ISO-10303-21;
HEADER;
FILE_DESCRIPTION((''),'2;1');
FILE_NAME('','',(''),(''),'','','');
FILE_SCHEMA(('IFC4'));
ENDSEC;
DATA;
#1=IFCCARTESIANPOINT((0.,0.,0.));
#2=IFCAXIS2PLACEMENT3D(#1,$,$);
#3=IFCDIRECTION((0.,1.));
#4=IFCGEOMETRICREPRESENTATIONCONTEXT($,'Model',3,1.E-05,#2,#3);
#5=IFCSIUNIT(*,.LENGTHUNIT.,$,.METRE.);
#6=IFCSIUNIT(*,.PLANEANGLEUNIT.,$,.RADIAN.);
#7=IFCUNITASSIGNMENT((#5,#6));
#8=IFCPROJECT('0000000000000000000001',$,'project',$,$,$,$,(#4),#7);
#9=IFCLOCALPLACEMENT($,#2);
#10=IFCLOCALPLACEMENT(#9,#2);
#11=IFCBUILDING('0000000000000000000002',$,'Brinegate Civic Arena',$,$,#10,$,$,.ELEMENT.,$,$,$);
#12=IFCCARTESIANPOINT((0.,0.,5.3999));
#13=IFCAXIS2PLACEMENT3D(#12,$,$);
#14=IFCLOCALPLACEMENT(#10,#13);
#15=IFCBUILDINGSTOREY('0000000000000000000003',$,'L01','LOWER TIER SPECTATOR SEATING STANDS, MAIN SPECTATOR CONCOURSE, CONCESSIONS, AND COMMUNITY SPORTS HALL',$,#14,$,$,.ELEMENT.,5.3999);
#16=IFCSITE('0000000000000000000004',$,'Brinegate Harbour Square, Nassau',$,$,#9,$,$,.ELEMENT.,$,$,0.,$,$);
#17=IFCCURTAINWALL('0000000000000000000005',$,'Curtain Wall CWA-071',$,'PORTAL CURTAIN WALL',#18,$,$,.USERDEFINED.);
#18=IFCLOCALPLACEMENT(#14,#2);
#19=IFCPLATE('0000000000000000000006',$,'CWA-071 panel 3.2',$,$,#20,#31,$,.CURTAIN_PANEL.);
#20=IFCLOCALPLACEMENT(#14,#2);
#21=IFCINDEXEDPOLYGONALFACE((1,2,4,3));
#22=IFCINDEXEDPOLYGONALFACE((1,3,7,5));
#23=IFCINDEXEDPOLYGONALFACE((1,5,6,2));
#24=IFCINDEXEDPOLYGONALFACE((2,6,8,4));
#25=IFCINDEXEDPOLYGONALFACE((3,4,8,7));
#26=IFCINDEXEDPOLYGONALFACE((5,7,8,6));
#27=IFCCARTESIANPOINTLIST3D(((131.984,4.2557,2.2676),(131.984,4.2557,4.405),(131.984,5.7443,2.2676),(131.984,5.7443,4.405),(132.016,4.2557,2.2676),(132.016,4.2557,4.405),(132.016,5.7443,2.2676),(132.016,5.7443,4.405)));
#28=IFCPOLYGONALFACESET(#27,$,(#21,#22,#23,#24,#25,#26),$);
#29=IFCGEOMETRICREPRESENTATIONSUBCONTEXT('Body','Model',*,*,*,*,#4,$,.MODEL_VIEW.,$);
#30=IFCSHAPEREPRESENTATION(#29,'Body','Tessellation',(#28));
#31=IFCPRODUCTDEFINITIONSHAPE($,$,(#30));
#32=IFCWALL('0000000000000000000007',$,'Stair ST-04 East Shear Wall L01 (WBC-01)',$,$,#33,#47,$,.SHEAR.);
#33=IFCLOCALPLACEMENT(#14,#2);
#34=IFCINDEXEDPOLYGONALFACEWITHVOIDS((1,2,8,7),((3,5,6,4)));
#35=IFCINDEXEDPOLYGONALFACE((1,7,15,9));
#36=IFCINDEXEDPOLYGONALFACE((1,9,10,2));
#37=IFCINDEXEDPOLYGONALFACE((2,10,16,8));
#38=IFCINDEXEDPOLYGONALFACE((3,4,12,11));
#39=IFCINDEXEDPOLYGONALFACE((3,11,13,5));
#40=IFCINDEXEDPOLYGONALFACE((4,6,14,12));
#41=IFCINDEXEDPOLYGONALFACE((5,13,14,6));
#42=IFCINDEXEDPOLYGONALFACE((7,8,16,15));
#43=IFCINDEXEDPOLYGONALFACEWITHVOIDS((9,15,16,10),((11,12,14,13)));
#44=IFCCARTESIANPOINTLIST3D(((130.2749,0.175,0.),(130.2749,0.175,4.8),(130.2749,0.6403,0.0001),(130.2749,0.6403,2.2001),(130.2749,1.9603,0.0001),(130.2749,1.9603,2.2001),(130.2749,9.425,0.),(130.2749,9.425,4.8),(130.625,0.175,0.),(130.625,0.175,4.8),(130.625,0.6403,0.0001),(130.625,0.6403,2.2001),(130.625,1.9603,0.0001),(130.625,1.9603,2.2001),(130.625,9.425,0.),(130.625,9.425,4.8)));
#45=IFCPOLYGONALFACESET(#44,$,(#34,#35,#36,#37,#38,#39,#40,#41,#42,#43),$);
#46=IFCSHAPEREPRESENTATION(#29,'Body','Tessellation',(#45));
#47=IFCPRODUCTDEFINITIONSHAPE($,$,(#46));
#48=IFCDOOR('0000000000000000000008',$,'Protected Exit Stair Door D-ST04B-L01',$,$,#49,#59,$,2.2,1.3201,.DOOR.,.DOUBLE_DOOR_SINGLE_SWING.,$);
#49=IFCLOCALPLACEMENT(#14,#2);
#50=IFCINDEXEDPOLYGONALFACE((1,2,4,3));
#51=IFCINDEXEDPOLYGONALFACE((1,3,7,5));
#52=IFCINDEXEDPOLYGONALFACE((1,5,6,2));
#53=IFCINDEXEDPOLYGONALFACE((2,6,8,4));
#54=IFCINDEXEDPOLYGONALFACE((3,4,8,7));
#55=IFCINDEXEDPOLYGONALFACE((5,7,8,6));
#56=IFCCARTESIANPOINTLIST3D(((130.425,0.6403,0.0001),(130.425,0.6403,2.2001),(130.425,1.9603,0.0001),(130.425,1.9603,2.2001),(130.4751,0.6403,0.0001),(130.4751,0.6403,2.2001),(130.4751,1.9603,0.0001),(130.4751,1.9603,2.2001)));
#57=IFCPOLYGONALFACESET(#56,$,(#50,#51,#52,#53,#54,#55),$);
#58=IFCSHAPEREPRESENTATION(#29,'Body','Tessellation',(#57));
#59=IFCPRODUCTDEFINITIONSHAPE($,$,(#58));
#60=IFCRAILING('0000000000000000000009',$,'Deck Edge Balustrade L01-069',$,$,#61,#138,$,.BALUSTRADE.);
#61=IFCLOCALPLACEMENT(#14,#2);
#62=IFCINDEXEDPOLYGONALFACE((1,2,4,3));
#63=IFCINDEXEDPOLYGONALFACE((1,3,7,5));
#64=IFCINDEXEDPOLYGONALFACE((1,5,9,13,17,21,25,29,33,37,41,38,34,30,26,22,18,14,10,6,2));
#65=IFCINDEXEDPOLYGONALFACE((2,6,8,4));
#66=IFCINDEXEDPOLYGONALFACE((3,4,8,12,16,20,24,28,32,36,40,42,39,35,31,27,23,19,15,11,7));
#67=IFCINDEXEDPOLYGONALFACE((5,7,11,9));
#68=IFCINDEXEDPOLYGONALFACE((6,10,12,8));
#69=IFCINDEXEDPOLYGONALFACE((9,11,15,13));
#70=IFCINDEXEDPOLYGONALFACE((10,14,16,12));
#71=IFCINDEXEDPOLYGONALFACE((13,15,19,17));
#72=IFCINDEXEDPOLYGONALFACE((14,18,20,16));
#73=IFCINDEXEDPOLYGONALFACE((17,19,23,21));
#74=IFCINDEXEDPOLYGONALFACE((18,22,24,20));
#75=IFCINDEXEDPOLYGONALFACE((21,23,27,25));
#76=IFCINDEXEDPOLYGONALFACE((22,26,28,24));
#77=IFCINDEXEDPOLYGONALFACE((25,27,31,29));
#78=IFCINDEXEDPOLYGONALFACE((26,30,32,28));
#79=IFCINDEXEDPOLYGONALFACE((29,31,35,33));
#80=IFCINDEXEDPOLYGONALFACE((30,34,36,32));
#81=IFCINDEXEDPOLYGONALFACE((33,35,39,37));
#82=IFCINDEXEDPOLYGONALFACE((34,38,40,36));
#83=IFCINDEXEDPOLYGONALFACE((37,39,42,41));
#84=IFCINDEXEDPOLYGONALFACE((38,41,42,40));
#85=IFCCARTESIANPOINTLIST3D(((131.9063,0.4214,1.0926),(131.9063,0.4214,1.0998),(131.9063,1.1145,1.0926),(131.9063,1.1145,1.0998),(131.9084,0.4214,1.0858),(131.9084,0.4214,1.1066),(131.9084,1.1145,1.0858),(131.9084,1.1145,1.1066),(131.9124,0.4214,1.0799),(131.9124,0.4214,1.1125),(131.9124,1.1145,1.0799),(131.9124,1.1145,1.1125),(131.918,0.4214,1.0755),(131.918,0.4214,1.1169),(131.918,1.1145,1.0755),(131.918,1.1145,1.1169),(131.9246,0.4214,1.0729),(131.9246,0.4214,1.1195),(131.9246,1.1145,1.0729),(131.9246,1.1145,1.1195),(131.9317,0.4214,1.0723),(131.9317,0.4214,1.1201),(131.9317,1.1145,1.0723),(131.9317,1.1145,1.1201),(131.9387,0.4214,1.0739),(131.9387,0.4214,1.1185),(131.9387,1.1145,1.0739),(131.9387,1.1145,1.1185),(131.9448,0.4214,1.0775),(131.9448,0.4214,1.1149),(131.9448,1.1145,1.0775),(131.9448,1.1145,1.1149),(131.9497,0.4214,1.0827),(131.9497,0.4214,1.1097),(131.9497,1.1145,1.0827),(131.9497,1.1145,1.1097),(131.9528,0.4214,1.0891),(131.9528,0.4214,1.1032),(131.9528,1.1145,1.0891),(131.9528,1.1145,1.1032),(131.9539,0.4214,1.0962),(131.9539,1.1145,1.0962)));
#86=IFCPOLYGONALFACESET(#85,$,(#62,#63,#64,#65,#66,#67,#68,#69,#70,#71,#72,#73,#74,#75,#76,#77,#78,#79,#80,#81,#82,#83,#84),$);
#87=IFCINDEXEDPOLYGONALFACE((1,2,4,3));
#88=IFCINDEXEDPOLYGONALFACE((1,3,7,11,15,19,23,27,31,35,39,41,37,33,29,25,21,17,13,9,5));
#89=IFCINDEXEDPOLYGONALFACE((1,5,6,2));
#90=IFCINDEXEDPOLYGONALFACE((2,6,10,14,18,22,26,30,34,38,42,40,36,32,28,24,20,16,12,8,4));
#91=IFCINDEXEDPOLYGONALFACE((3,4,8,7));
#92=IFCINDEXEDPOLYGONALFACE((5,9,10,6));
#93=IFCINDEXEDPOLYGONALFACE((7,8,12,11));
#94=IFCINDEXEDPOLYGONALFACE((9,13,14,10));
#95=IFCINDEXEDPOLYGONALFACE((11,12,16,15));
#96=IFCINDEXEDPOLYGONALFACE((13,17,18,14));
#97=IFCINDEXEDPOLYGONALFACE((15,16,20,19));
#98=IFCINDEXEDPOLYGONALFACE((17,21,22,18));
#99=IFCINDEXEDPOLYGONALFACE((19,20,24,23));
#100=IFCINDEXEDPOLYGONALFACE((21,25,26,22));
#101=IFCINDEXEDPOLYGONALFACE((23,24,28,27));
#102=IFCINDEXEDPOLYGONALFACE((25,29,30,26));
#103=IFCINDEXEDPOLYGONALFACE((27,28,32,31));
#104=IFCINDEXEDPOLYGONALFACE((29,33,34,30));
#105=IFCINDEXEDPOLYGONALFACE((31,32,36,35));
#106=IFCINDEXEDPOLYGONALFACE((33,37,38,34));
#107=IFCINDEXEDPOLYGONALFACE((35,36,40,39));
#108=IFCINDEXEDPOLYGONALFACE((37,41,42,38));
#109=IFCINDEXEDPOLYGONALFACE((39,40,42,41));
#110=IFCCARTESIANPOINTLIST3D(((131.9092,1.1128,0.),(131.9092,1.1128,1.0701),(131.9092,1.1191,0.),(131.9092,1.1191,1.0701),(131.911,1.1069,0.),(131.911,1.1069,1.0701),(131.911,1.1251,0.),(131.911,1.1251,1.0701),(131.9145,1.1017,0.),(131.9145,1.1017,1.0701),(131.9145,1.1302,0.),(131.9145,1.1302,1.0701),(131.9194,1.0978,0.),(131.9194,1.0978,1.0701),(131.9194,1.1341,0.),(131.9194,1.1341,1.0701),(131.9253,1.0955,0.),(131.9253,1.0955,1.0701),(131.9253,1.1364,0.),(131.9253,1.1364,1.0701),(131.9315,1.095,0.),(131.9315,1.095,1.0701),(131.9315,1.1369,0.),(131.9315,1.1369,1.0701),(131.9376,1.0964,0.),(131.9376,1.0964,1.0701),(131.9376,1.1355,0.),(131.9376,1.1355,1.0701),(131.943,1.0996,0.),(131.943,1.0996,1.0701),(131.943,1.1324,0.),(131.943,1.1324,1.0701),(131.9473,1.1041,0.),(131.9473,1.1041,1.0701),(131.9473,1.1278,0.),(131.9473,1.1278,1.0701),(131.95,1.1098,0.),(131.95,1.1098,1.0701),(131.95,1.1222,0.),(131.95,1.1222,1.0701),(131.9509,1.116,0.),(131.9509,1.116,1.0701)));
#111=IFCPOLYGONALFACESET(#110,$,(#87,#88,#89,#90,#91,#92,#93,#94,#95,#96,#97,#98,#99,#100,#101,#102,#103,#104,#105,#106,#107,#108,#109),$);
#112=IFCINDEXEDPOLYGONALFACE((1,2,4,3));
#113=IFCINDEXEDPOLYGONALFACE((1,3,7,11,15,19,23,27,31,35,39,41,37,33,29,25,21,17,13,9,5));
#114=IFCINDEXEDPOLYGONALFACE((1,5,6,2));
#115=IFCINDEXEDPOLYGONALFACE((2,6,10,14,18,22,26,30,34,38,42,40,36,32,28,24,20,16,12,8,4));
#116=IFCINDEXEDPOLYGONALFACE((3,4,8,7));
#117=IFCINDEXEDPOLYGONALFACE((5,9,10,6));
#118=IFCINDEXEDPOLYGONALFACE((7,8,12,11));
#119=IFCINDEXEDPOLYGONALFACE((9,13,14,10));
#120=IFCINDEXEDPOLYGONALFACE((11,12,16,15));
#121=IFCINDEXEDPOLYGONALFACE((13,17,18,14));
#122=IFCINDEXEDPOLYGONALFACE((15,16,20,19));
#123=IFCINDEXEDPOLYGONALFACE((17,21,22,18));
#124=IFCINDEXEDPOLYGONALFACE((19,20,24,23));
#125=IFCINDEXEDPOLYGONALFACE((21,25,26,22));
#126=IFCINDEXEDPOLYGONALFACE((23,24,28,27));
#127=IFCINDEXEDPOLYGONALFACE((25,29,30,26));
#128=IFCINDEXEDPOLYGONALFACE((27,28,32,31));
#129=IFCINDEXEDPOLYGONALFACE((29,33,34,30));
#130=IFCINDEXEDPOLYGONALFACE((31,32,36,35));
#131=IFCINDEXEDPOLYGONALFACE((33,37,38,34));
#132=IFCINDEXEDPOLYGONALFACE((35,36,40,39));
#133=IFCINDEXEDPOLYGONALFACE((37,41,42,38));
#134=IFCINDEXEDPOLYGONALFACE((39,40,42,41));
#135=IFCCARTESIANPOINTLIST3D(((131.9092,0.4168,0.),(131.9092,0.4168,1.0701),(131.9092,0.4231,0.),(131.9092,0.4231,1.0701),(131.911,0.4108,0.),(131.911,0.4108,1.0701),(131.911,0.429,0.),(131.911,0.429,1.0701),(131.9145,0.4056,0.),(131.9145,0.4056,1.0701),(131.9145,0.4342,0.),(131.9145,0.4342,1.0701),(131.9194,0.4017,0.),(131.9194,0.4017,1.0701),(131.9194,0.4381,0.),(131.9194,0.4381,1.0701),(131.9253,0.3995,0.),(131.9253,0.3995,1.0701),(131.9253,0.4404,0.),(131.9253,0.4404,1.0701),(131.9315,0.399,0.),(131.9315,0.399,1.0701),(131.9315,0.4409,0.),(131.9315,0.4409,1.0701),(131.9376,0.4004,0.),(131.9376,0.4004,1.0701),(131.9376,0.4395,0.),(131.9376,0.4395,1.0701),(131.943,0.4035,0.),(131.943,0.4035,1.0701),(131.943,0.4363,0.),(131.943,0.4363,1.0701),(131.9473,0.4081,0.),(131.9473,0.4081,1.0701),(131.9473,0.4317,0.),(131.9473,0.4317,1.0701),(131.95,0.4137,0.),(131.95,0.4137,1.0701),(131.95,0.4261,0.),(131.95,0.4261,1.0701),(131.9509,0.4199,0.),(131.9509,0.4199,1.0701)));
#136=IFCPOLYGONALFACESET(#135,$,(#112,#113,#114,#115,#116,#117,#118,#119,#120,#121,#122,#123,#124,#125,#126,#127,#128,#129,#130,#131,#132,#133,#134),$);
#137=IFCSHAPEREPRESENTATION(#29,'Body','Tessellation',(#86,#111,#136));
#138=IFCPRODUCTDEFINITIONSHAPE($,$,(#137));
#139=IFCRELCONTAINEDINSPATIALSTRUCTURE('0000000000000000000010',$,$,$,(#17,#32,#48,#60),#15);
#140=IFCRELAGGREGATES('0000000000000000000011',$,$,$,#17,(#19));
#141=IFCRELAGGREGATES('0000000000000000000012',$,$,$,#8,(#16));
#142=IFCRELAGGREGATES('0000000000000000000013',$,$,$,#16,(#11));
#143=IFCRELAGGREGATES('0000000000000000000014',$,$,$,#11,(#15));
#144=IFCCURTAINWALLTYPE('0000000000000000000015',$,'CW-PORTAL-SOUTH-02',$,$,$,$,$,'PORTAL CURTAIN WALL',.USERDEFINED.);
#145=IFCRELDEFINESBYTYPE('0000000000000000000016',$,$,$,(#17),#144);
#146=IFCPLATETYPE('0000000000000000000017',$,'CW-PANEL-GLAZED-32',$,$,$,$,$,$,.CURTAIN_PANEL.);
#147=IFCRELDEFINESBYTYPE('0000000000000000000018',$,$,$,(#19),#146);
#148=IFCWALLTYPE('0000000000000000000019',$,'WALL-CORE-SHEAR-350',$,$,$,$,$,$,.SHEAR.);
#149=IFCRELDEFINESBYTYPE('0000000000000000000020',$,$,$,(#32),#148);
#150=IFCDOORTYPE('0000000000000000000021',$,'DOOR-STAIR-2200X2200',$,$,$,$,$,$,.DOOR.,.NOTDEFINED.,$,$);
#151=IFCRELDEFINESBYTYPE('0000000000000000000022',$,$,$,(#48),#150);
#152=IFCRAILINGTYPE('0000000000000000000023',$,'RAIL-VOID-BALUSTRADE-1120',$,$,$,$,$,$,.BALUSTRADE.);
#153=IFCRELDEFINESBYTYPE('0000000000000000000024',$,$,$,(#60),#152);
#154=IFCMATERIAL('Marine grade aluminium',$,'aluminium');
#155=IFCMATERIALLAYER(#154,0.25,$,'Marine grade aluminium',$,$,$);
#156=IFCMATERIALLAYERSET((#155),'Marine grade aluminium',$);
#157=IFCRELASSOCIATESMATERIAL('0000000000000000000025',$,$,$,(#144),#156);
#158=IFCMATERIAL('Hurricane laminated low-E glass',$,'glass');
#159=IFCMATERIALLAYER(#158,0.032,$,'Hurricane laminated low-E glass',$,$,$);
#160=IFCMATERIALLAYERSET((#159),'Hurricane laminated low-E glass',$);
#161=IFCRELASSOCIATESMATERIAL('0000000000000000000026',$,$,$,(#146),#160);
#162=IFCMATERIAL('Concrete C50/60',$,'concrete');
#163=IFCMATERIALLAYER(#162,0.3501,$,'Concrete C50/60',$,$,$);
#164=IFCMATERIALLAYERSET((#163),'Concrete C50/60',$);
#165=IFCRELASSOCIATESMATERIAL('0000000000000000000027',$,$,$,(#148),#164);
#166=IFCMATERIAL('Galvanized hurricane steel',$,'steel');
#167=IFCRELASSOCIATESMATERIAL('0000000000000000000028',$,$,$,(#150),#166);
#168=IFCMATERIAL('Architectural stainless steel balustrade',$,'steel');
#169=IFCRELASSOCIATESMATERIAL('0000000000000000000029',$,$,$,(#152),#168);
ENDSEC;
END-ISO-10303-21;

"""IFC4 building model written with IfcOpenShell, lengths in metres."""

from ifc_helpers import new_model, si_unit, direction, frame, frame_2d, origin, origin_2d, place, context, subcontext, project, spatial, rectangle, circle, extrude, material, layer, layer_set, type_object, element, fill, aggregate, save


model = new_model("IFC4")

# Units and contexts
model_context = context("Model", 3, precision=1e-05, world=origin(), true_north=direction((0.0, 1.0)))
body_context = subcontext(model_context, "Body", "Model", "MODEL_VIEW")
ifc_project = project(units=[si_unit("LENGTHUNIT", "METRE"), si_unit("PLANEANGLEUNIT", "RADIAN")], contexts=[model_context])

# Site, building, storey
site_placement = place(None, origin())
site = spatial("IfcSite", under=ifc_project, at=site_placement, Name="Brinegate Harbour Square, Nassau", CompositionType="ELEMENT", RefElevation=0.0)
building_placement = place(site_placement, origin())
building = spatial("IfcBuilding", under=site, at=building_placement, Name="Brinegate Civic Arena", CompositionType="ELEMENT")
storey_placement = place(building_placement, frame((0.0, 0.0, 5.3999)))
storey = spatial("IfcBuildingStorey", under=building, at=storey_placement, Name="L01", Description="LOWER TIER SPECTATOR SEATING STANDS, MAIN SPECTATOR CONCOURSE, CONCESSIONS, AND COMMUNITY SPORTS HALL", CompositionType="ELEMENT", Elevation=5.3999)

# Shared definitions
ifc_material_1 = material(Name="Concrete C50/60", Category="concrete")

# Curtain wall
ifc_material_2 = material(Name="Marine grade aluminium", Category="aluminium")
ifc_layer_1 = layer(ifc_material_2, 0.25, Name="Marine grade aluminium")
ifc_layer_set_1 = layer_set([ifc_layer_1], Name="Marine grade aluminium")
curtain_wall_type = type_object("IfcCurtainWallType", Name="CW-PORTAL-SOUTH-02", ElementType="PORTAL CURTAIN WALL", PredefinedType="USERDEFINED", material=ifc_layer_set_1)
curtain_wall_placement = place(storey_placement, origin())
curtain_wall = element("IfcCurtainWall", 1, at=curtain_wall_placement, inside=storey, type_object=curtain_wall_type, Name="Curtain Wall CWA-071", ObjectType="PORTAL CURTAIN WALL", PredefinedType="USERDEFINED")

# Plate
ifc_material_3 = material(Name="Hurricane laminated low-E glass", Category="glass")
ifc_layer_2 = layer(ifc_material_3, 0.032, Name="Hurricane laminated low-E glass")
ifc_layer_set_2 = layer_set([ifc_layer_2], Name="Hurricane laminated low-E glass")
plate_type = type_object("IfcPlateType", Name="CW-PANEL-GLAZED-32", PredefinedType="CURTAIN_PANEL", material=ifc_layer_set_2)
plate_1_placement = place(storey_placement, frame((132.0, 5.0, 2.2676), z_axis=(0.0, 0.0, 1.0), x_axis=(0.0, 1.0, 0.0)))
plate_1 = element("IfcPlate", 2, at=plate_1_placement, type_object=plate_type, Name="CWA-071 panel 3.2", PredefinedType="CURTAIN_PANEL", context=body_context, shape_type="SweptSolid", body=[
    extrude(rectangle(XDim=1.4885, YDim=0.032, at=origin_2d()), origin(), (0.0, 0.0, 1.0), 2.1375),
])
aggregate(curtain_wall, [plate_1])

# Wall, opening, door
ifc_layer_3 = layer(ifc_material_1, 0.3501, Name="Concrete C50/60")
ifc_layer_set_3 = layer_set([ifc_layer_3], Name="Concrete C50/60")
wall_type = type_object("IfcWallType", Name="WALL-CORE-SHEAR-350", PredefinedType="SHEAR", material=ifc_layer_set_3)
wall_placement = place(storey_placement, frame((130.45, 0.175, 0.0), z_axis=(0.0, 0.0, 1.0), x_axis=(0.0, 1.0, 0.0)))
wall = element("IfcWall", 3, at=wall_placement, inside=storey, type_object=wall_type, Name="Stair ST-04 East Shear Wall L01 (WBC-01)", PredefinedType="SHEAR", context=body_context, shape_type="SweptSolid", body=[
    extrude(rectangle(XDim=9.25, YDim=0.3501, at=frame_2d((4.625, 0.0))), origin(), (0.0, 0.0, 1.0), 4.8),
])
opening_placement = place(wall_placement, frame((0.4651, 0.0, 0.0)))
opening = element("IfcOpeningElement", 4, at=opening_placement, cuts=wall, PredefinedType="OPENING", context=body_context, shape_type="SweptSolid", body=[
    extrude(rectangle(XDim=1.3201, YDim=2.2, at=frame_2d((0.6602, 1.1001))), frame((0.0, 0.1851, 0.0), z_axis=(0.0, -1.0, 0.0), x_axis=(1.0, 0.0, 0.0)), (0.0, 0.0, 1.0), 0.3701),
])
ifc_material_4 = material(Name="Galvanized hurricane steel", Category="steel")
door_type = type_object("IfcDoorType", Name="DOOR-STAIR-2200X2200", OperationType="NOTDEFINED", PredefinedType="DOOR", material=ifc_material_4)
door_placement = place(opening_placement, origin())
door = element("IfcDoor", 5, at=door_placement, inside=storey, type_object=door_type, Name="Protected Exit Stair Door D-ST04B-L01", OperationType="DOUBLE_DOOR_SINGLE_SWING", OverallHeight=2.2, OverallWidth=1.3201, PredefinedType="DOOR", context=body_context, shape_type="SweptSolid", body=[
    extrude(rectangle(XDim=1.3201, YDim=2.2, at=frame_2d((0.6602, 1.1001))), frame((0.0, 0.0249, 0.0), z_axis=(0.0, -1.0, 0.0), x_axis=(1.0, 0.0, 0.0)), (0.0, 0.0, 1.0), 0.05),
])
fill(opening, door)

# Railing
ifc_material_5 = material(Name="Architectural stainless steel balustrade", Category="steel")
railing_type = type_object("IfcRailingType", Name="RAIL-VOID-BALUSTRADE-1120", PredefinedType="BALUSTRADE", material=ifc_material_5)
railing_1_placement = place(storey_placement, frame((131.9299, 1.116, 0.0)))
element("IfcRailing", 6, at=railing_1_placement, inside=storey, type_object=railing_type, Name="Deck Edge Balustrade L01-069", PredefinedType="BALUSTRADE", context=body_context, shape_type="SweptSolid", body=[
    extrude(circle(Radius=0.0239, at=origin_2d()), frame((0.0, -0.0015, 1.0962), z_axis=(0.0, -1.0, 0.0), x_axis=(1.0, 0.0, 0.0)), (0.0, 0.0, 1.0), 0.6931),
    extrude(circle(Radius=0.021, at=origin_2d()), origin(), (0.0, 0.0, 1.0), 1.0701),
    extrude(circle(Radius=0.021, at=origin_2d()), frame((0.0, -0.696, 0.0)), (0.0, 0.0, 1.0), 1.0701),
])

save(model, "model.ifc")
